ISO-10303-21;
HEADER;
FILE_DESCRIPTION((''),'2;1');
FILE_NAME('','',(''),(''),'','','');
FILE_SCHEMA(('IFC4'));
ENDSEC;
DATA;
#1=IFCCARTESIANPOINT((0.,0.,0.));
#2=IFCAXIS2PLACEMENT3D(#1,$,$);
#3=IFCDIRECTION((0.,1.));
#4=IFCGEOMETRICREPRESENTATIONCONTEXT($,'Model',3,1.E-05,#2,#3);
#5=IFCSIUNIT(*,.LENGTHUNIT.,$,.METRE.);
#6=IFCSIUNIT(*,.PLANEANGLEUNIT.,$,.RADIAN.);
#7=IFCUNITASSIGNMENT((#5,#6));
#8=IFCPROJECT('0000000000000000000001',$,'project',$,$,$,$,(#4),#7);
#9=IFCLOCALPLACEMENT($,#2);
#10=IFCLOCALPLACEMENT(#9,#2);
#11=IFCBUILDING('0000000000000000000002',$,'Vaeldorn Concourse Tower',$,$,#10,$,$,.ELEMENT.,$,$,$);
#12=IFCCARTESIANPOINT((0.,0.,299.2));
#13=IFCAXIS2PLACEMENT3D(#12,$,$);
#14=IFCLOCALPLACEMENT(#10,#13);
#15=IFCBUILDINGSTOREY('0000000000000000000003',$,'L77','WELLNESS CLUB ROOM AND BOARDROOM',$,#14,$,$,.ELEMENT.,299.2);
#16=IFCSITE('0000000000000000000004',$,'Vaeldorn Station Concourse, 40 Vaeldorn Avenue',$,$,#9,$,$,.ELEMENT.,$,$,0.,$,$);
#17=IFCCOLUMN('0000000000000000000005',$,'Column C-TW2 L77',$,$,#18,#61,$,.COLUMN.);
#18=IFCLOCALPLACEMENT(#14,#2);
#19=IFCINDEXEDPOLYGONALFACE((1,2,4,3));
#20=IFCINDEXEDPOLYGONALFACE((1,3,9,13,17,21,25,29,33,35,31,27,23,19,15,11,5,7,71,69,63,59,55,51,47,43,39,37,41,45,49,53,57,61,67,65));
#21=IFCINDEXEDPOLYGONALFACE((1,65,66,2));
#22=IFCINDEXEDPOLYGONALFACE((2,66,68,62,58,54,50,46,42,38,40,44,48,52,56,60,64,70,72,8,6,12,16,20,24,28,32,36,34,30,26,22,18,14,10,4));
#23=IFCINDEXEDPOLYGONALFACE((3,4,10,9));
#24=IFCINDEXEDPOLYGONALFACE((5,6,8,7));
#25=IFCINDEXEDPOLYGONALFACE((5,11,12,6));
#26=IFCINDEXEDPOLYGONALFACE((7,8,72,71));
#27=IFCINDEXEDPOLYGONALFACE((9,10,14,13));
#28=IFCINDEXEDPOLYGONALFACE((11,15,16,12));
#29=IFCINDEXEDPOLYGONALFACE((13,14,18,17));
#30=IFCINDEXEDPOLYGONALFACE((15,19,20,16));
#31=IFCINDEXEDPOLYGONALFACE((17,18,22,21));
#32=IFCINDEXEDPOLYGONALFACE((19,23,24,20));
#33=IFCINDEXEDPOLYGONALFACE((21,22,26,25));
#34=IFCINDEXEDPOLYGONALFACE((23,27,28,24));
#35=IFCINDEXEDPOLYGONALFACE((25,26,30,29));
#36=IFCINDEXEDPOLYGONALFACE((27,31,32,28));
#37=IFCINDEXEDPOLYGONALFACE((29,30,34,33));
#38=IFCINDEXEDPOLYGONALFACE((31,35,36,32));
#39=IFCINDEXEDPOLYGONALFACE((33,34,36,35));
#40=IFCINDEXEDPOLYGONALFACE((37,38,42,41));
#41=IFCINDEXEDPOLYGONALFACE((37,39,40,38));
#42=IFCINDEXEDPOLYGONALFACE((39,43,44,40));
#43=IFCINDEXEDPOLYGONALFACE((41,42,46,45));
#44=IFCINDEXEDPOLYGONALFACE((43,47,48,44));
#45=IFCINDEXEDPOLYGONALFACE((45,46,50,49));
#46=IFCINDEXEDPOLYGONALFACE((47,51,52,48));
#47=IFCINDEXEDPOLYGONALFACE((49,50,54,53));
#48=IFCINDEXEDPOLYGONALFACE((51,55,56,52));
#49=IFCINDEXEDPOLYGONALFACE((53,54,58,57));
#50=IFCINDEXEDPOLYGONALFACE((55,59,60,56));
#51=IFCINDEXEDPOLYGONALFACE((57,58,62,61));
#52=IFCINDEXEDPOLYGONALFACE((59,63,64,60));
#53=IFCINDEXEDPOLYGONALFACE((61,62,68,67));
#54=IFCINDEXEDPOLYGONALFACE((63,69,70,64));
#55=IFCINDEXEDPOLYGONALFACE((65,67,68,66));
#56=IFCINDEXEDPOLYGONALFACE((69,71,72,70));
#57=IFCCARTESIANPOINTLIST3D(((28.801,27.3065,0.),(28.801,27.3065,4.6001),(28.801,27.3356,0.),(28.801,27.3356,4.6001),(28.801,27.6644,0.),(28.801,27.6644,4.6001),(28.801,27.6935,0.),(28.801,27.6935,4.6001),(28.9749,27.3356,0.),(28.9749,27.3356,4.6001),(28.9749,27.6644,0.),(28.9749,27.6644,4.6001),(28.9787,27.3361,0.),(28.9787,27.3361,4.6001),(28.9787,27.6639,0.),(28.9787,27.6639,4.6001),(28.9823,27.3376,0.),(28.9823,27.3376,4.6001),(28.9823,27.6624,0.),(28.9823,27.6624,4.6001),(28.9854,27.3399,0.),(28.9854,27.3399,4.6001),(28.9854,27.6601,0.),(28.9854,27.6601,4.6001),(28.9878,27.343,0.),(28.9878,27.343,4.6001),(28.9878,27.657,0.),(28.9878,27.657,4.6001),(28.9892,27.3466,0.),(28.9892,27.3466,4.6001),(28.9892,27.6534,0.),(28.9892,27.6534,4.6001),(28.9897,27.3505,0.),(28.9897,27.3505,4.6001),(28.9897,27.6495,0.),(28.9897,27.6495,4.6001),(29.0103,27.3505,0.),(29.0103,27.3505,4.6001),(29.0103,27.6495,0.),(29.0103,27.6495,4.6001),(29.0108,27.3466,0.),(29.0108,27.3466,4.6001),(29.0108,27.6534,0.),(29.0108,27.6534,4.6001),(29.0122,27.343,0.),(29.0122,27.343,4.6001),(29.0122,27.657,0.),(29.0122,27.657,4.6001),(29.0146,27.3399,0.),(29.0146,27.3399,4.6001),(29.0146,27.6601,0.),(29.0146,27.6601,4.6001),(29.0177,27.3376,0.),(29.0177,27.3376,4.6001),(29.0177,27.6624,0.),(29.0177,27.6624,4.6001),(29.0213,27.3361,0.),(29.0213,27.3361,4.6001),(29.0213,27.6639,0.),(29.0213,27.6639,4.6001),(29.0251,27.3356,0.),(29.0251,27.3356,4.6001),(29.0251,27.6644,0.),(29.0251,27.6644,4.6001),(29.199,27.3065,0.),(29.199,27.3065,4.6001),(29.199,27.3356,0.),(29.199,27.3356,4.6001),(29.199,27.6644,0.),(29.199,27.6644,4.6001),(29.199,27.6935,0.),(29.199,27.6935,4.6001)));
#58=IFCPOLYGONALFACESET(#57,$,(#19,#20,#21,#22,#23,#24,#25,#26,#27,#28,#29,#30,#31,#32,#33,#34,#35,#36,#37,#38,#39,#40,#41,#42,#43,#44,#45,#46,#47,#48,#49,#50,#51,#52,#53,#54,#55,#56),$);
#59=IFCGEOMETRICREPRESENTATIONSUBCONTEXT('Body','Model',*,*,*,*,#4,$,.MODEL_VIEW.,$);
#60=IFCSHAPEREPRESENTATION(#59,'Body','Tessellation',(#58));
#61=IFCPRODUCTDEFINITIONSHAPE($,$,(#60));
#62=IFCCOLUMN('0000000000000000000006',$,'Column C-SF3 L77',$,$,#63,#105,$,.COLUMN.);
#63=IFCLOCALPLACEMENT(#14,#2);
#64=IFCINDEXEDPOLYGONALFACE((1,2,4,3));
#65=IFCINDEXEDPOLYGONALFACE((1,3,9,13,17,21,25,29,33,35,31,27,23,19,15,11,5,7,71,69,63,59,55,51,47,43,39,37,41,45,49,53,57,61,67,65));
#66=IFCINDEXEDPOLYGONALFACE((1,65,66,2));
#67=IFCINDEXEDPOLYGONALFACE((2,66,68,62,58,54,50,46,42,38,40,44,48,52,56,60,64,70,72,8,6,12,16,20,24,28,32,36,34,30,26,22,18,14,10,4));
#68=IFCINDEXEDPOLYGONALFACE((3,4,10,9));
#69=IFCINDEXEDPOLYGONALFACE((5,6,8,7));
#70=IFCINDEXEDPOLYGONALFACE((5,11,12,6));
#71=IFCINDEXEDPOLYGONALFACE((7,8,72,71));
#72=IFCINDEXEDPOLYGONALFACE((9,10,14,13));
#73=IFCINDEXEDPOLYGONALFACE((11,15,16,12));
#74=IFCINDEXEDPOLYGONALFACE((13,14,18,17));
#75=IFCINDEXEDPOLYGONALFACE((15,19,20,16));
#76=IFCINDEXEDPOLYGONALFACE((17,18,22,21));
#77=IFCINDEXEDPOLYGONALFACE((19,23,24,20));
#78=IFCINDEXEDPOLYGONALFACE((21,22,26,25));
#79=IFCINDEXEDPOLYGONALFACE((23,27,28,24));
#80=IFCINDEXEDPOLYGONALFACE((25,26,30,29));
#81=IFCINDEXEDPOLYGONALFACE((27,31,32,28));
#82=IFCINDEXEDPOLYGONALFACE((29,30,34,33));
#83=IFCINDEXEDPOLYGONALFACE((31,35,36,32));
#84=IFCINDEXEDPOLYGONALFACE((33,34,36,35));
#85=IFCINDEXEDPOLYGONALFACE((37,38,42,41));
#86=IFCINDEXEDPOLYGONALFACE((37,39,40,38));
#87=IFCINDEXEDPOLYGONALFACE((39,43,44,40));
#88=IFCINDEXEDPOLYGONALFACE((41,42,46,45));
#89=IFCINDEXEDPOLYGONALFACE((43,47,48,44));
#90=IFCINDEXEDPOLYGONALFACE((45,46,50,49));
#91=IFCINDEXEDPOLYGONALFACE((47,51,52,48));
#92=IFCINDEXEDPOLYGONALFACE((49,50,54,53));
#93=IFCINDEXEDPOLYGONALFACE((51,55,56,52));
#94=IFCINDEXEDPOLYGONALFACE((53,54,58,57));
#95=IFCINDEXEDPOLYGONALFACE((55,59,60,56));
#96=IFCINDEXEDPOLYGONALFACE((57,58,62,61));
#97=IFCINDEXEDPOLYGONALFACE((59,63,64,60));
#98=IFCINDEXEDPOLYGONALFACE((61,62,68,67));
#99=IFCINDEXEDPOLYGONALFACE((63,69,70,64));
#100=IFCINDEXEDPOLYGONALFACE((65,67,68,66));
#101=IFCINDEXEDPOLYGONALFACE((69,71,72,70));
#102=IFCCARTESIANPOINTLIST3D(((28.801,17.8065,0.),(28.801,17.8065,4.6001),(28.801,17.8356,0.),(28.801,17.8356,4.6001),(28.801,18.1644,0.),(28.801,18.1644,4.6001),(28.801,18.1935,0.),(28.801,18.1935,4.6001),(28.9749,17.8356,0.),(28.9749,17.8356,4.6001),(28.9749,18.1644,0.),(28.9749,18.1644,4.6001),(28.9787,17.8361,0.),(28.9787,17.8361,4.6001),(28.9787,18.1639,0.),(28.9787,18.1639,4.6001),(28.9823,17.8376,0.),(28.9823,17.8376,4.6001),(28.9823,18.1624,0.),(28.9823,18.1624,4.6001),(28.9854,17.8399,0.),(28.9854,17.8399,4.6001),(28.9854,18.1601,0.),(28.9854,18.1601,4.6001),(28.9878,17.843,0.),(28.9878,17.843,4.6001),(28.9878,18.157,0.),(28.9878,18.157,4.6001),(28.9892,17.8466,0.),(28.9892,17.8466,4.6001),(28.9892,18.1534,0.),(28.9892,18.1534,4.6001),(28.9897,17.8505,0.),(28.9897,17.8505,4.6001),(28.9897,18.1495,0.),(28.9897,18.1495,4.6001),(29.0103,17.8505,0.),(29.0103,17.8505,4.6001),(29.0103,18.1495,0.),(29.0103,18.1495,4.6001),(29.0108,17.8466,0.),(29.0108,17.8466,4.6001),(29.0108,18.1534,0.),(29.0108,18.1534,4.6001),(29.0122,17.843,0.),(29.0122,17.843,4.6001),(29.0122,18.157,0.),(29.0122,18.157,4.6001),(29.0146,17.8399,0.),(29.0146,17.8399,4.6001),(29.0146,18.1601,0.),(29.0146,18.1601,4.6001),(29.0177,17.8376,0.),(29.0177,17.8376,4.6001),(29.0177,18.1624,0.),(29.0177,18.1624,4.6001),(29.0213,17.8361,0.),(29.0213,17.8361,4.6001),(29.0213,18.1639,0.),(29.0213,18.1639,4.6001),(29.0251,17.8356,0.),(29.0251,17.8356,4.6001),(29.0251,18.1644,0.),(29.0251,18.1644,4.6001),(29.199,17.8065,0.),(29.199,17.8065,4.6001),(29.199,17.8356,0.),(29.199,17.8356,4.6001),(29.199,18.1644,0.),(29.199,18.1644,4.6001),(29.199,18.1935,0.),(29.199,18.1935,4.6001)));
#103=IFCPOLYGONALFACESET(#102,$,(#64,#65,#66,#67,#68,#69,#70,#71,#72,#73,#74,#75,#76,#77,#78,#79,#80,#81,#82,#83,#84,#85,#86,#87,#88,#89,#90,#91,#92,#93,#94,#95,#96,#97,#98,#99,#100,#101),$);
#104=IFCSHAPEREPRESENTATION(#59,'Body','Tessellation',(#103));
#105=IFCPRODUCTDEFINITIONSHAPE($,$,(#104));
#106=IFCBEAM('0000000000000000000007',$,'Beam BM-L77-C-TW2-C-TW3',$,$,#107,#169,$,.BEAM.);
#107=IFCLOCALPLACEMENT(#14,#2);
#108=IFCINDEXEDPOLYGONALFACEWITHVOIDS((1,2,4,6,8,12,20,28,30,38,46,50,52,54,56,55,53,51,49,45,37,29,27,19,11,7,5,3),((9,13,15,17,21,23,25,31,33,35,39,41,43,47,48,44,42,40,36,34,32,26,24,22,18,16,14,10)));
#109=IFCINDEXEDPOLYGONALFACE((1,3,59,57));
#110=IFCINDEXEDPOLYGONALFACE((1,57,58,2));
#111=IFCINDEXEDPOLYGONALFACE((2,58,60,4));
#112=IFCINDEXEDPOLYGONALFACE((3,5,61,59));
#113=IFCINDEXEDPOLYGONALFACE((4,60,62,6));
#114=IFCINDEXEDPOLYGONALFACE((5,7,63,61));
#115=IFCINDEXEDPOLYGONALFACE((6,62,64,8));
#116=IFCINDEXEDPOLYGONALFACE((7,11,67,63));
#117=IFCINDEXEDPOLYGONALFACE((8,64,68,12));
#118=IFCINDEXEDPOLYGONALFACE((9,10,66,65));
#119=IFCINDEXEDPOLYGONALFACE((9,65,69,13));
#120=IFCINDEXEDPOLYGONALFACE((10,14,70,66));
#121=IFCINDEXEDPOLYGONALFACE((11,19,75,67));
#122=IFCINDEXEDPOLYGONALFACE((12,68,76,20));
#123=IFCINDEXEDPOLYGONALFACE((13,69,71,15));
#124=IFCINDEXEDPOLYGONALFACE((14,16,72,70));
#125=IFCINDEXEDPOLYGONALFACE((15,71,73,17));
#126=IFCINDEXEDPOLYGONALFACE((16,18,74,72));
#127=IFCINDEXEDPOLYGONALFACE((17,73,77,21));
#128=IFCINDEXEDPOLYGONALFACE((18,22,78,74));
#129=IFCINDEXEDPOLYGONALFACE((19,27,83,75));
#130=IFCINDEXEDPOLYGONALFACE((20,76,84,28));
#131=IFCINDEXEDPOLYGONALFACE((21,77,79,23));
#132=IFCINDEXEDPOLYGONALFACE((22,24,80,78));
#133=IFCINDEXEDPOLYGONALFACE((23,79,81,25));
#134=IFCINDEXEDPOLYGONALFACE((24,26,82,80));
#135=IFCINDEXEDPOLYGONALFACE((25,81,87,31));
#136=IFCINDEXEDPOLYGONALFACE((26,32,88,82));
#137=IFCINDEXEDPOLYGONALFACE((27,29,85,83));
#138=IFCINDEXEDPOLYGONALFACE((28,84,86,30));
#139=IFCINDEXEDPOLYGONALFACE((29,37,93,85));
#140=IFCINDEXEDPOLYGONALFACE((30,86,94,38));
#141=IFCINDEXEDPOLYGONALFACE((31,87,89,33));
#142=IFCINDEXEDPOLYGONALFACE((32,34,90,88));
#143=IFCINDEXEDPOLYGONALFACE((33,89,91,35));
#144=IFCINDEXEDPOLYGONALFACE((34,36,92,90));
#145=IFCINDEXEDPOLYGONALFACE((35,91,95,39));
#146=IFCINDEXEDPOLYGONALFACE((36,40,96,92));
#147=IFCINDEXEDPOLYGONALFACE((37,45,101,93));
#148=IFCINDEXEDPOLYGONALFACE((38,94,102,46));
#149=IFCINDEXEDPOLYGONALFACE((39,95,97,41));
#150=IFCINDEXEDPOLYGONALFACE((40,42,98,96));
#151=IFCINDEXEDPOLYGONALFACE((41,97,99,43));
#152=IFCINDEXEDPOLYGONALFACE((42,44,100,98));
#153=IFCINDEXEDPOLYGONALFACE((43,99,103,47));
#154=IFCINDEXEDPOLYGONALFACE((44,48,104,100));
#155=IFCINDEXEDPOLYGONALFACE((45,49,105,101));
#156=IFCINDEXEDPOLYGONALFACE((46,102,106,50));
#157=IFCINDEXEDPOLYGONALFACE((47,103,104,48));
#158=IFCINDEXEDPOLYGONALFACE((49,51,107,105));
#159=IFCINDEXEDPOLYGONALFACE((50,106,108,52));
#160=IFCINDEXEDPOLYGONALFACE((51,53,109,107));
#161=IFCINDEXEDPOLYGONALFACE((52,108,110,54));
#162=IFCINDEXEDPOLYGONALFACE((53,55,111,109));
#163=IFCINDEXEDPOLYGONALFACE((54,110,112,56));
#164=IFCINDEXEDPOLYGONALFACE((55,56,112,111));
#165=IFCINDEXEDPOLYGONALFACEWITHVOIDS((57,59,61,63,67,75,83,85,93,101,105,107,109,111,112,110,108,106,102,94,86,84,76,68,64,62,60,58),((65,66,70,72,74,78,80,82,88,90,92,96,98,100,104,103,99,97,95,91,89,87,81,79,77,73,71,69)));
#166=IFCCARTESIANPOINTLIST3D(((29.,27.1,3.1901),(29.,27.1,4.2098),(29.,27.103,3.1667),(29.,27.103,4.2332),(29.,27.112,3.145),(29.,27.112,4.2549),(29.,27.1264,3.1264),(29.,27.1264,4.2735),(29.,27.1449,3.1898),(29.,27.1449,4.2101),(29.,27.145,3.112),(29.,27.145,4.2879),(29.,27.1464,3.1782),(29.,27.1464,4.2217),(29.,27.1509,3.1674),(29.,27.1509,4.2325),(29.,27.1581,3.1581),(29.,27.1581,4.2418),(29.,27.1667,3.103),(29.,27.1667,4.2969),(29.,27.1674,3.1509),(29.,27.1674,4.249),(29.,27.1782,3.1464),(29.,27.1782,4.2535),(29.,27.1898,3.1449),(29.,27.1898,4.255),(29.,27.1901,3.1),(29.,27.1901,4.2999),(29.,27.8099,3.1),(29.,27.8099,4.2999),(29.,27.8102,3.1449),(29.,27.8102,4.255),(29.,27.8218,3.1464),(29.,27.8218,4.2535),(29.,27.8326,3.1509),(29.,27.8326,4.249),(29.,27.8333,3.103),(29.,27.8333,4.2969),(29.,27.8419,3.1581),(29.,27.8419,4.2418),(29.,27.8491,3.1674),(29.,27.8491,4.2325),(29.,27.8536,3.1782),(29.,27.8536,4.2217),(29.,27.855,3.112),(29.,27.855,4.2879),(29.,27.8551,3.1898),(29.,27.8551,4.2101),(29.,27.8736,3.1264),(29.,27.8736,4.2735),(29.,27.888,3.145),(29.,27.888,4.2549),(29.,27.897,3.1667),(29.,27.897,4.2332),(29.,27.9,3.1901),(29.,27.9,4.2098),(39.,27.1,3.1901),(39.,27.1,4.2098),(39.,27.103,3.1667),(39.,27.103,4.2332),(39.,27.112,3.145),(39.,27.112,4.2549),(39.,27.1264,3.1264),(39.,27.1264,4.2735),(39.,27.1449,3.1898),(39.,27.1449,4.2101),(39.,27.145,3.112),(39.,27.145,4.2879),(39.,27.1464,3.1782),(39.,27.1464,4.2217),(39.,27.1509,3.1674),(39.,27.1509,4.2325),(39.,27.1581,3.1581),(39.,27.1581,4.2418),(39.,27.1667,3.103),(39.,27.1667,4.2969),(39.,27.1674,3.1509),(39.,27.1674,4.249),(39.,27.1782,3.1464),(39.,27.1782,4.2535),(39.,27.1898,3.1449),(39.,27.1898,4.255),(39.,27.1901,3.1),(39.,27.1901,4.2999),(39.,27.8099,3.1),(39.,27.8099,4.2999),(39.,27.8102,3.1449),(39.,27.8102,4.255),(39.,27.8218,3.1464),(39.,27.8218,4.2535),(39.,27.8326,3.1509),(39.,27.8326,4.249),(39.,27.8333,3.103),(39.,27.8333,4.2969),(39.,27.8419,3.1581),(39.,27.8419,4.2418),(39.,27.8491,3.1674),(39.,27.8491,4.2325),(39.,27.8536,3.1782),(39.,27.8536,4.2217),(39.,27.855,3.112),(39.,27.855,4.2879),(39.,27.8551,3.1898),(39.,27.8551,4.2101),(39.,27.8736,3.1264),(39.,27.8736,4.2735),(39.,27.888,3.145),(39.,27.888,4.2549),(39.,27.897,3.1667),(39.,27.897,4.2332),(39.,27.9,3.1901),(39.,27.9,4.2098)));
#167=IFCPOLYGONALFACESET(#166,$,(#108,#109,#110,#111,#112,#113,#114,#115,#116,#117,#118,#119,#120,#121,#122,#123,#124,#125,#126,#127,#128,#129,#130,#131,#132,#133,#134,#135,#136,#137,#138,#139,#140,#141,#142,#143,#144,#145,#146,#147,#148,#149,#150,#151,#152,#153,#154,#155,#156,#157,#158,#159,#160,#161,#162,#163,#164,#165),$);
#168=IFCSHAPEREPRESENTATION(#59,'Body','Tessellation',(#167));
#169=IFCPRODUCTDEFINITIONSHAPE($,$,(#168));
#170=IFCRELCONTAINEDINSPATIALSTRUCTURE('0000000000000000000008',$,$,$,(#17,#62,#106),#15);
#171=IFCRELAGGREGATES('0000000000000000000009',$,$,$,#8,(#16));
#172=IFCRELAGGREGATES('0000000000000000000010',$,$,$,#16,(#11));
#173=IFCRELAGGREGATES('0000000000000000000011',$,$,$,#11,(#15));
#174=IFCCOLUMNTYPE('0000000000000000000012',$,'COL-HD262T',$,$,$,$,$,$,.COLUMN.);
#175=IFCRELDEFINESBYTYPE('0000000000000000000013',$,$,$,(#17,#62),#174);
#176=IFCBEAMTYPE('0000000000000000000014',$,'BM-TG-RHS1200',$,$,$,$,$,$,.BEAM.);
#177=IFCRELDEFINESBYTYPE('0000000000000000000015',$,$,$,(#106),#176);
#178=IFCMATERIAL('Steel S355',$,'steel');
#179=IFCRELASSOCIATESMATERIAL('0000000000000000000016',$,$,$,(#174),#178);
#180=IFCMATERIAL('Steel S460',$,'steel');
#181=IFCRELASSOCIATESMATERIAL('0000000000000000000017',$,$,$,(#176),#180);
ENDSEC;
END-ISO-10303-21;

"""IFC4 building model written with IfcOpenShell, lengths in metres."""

from ifc_helpers import new_model, si_unit, direction, frame, origin, origin_2d, place, context, subcontext, project, spatial, hollow_rectangle, i_section, extrude, source, transform, mapped, material, material_profile, profile_set, type_object, element, save


model = new_model("IFC4")

# Units and contexts
model_context = context("Model", 3, precision=1e-05, world=origin(), true_north=direction((0.0, 1.0)))
body_context = subcontext(model_context, "Body", "Model", "MODEL_VIEW")
ifc_project = project(units=[si_unit("LENGTHUNIT", "METRE"), si_unit("PLANEANGLEUNIT", "RADIAN")], contexts=[model_context])

# Site, building, storey
site_placement = place(None, origin())
site = spatial("IfcSite", under=ifc_project, at=site_placement, Name="Vaeldorn Station Concourse, 40 Vaeldorn Avenue", CompositionType="ELEMENT", RefElevation=0.0)
building_placement = place(site_placement, origin())
building = spatial("IfcBuilding", under=site, at=building_placement, Name="Vaeldorn Concourse Tower", CompositionType="ELEMENT")
storey_placement = place(building_placement, frame((0.0, 0.0, 299.2)))
storey = spatial("IfcBuildingStorey", under=building, at=storey_placement, Name="L77", Description="WELLNESS CLUB ROOM AND BOARDROOM", CompositionType="ELEMENT", Elevation=299.2)

# Columns
ifc_material_1 = material(Name="Steel S355", Category="steel")
ifc_material_profile_1 = material_profile(ifc_material_1, i_section(OverallWidth=0.3979, OverallDepth=0.387, WebThickness=0.0205, FlangeThickness=0.0291, FilletRadius=0.0149, at=origin_2d()), Name="HD 400x262")
ifc_profile_set_1 = profile_set([ifc_material_profile_1], Name="Steel S355")
column_type = type_object("IfcColumnType", Name="COL-HD262T", PredefinedType="COLUMN", material=ifc_profile_set_1)
shared_shape_1 = source(origin(), body_context, "Body", "SweptSolid", [
    extrude(i_section(OverallWidth=0.3979, OverallDepth=0.387, WebThickness=0.0205, FlangeThickness=0.0291, FilletRadius=0.0149, at=origin_2d()), origin(), (0.0, 0.0, 1.0), 4.6001),
])
for number, where, z_axis, x_axis, name in (
    (1, (29.0, 27.5, 0.0), (0.0, 0.0, 1.0), (1.0, 0.0, 0.0), "Column C-TW2 L77"),
    (2, (29.0, 18.0, 0.0), (0.0, 0.0, 1.0), (1.0, 0.0, 0.0), "Column C-SF3 L77"),
):
    element("IfcColumn", number, at=place(storey_placement, frame(where, z_axis=z_axis, x_axis=x_axis)), inside=storey, type_object=column_type, Name=name, PredefinedType="COLUMN", context=body_context, shape_type="MappedRepresentation", body=[
        mapped(shared_shape_1, transform((0.0, 0.0, 0.0), scale=1.0)),
    ])

# Beam
ifc_material_2 = material(Name="Steel S460", Category="steel")
ifc_material_profile_2 = material_profile(ifc_material_2, hollow_rectangle(XDim=0.8, YDim=1.2, WallThickness=0.0449, InnerFilletRadius=0.0449, OuterFilletRadius=0.0901, at=origin_2d()), Name="RHS 1200x800x45")
ifc_profile_set_2 = profile_set([ifc_material_profile_2], Name="Steel S460")
beam_type_1 = type_object("IfcBeamType", Name="BM-TG-RHS1200", PredefinedType="BEAM", material=ifc_profile_set_2)
shared_shape_2 = source(origin(), body_context, "Body", "SweptSolid", [
    extrude(hollow_rectangle(XDim=0.8, YDim=1.2, WallThickness=0.0449, InnerFilletRadius=0.0449, OuterFilletRadius=0.0901, at=origin_2d()), origin(), (0.0, 0.0, 1.0), 10.0),
])
for number, where, z_axis, x_axis, name in (
    (3, (29.0, 27.5, 3.7), (1.0, 0.0, 0.0), (0.0, 1.0, 0.0), "Beam BM-L77-C-TW2-C-TW3"),
):
    element("IfcBeam", number, at=place(storey_placement, frame(where, z_axis=z_axis, x_axis=x_axis)), inside=storey, type_object=beam_type_1, Name=name, PredefinedType="BEAM", context=body_context, shape_type="MappedRepresentation", body=[
        mapped(shared_shape_2, transform((0.0, 0.0, 0.0), scale=1.0)),
    ])

save(model, "model.ifc")
